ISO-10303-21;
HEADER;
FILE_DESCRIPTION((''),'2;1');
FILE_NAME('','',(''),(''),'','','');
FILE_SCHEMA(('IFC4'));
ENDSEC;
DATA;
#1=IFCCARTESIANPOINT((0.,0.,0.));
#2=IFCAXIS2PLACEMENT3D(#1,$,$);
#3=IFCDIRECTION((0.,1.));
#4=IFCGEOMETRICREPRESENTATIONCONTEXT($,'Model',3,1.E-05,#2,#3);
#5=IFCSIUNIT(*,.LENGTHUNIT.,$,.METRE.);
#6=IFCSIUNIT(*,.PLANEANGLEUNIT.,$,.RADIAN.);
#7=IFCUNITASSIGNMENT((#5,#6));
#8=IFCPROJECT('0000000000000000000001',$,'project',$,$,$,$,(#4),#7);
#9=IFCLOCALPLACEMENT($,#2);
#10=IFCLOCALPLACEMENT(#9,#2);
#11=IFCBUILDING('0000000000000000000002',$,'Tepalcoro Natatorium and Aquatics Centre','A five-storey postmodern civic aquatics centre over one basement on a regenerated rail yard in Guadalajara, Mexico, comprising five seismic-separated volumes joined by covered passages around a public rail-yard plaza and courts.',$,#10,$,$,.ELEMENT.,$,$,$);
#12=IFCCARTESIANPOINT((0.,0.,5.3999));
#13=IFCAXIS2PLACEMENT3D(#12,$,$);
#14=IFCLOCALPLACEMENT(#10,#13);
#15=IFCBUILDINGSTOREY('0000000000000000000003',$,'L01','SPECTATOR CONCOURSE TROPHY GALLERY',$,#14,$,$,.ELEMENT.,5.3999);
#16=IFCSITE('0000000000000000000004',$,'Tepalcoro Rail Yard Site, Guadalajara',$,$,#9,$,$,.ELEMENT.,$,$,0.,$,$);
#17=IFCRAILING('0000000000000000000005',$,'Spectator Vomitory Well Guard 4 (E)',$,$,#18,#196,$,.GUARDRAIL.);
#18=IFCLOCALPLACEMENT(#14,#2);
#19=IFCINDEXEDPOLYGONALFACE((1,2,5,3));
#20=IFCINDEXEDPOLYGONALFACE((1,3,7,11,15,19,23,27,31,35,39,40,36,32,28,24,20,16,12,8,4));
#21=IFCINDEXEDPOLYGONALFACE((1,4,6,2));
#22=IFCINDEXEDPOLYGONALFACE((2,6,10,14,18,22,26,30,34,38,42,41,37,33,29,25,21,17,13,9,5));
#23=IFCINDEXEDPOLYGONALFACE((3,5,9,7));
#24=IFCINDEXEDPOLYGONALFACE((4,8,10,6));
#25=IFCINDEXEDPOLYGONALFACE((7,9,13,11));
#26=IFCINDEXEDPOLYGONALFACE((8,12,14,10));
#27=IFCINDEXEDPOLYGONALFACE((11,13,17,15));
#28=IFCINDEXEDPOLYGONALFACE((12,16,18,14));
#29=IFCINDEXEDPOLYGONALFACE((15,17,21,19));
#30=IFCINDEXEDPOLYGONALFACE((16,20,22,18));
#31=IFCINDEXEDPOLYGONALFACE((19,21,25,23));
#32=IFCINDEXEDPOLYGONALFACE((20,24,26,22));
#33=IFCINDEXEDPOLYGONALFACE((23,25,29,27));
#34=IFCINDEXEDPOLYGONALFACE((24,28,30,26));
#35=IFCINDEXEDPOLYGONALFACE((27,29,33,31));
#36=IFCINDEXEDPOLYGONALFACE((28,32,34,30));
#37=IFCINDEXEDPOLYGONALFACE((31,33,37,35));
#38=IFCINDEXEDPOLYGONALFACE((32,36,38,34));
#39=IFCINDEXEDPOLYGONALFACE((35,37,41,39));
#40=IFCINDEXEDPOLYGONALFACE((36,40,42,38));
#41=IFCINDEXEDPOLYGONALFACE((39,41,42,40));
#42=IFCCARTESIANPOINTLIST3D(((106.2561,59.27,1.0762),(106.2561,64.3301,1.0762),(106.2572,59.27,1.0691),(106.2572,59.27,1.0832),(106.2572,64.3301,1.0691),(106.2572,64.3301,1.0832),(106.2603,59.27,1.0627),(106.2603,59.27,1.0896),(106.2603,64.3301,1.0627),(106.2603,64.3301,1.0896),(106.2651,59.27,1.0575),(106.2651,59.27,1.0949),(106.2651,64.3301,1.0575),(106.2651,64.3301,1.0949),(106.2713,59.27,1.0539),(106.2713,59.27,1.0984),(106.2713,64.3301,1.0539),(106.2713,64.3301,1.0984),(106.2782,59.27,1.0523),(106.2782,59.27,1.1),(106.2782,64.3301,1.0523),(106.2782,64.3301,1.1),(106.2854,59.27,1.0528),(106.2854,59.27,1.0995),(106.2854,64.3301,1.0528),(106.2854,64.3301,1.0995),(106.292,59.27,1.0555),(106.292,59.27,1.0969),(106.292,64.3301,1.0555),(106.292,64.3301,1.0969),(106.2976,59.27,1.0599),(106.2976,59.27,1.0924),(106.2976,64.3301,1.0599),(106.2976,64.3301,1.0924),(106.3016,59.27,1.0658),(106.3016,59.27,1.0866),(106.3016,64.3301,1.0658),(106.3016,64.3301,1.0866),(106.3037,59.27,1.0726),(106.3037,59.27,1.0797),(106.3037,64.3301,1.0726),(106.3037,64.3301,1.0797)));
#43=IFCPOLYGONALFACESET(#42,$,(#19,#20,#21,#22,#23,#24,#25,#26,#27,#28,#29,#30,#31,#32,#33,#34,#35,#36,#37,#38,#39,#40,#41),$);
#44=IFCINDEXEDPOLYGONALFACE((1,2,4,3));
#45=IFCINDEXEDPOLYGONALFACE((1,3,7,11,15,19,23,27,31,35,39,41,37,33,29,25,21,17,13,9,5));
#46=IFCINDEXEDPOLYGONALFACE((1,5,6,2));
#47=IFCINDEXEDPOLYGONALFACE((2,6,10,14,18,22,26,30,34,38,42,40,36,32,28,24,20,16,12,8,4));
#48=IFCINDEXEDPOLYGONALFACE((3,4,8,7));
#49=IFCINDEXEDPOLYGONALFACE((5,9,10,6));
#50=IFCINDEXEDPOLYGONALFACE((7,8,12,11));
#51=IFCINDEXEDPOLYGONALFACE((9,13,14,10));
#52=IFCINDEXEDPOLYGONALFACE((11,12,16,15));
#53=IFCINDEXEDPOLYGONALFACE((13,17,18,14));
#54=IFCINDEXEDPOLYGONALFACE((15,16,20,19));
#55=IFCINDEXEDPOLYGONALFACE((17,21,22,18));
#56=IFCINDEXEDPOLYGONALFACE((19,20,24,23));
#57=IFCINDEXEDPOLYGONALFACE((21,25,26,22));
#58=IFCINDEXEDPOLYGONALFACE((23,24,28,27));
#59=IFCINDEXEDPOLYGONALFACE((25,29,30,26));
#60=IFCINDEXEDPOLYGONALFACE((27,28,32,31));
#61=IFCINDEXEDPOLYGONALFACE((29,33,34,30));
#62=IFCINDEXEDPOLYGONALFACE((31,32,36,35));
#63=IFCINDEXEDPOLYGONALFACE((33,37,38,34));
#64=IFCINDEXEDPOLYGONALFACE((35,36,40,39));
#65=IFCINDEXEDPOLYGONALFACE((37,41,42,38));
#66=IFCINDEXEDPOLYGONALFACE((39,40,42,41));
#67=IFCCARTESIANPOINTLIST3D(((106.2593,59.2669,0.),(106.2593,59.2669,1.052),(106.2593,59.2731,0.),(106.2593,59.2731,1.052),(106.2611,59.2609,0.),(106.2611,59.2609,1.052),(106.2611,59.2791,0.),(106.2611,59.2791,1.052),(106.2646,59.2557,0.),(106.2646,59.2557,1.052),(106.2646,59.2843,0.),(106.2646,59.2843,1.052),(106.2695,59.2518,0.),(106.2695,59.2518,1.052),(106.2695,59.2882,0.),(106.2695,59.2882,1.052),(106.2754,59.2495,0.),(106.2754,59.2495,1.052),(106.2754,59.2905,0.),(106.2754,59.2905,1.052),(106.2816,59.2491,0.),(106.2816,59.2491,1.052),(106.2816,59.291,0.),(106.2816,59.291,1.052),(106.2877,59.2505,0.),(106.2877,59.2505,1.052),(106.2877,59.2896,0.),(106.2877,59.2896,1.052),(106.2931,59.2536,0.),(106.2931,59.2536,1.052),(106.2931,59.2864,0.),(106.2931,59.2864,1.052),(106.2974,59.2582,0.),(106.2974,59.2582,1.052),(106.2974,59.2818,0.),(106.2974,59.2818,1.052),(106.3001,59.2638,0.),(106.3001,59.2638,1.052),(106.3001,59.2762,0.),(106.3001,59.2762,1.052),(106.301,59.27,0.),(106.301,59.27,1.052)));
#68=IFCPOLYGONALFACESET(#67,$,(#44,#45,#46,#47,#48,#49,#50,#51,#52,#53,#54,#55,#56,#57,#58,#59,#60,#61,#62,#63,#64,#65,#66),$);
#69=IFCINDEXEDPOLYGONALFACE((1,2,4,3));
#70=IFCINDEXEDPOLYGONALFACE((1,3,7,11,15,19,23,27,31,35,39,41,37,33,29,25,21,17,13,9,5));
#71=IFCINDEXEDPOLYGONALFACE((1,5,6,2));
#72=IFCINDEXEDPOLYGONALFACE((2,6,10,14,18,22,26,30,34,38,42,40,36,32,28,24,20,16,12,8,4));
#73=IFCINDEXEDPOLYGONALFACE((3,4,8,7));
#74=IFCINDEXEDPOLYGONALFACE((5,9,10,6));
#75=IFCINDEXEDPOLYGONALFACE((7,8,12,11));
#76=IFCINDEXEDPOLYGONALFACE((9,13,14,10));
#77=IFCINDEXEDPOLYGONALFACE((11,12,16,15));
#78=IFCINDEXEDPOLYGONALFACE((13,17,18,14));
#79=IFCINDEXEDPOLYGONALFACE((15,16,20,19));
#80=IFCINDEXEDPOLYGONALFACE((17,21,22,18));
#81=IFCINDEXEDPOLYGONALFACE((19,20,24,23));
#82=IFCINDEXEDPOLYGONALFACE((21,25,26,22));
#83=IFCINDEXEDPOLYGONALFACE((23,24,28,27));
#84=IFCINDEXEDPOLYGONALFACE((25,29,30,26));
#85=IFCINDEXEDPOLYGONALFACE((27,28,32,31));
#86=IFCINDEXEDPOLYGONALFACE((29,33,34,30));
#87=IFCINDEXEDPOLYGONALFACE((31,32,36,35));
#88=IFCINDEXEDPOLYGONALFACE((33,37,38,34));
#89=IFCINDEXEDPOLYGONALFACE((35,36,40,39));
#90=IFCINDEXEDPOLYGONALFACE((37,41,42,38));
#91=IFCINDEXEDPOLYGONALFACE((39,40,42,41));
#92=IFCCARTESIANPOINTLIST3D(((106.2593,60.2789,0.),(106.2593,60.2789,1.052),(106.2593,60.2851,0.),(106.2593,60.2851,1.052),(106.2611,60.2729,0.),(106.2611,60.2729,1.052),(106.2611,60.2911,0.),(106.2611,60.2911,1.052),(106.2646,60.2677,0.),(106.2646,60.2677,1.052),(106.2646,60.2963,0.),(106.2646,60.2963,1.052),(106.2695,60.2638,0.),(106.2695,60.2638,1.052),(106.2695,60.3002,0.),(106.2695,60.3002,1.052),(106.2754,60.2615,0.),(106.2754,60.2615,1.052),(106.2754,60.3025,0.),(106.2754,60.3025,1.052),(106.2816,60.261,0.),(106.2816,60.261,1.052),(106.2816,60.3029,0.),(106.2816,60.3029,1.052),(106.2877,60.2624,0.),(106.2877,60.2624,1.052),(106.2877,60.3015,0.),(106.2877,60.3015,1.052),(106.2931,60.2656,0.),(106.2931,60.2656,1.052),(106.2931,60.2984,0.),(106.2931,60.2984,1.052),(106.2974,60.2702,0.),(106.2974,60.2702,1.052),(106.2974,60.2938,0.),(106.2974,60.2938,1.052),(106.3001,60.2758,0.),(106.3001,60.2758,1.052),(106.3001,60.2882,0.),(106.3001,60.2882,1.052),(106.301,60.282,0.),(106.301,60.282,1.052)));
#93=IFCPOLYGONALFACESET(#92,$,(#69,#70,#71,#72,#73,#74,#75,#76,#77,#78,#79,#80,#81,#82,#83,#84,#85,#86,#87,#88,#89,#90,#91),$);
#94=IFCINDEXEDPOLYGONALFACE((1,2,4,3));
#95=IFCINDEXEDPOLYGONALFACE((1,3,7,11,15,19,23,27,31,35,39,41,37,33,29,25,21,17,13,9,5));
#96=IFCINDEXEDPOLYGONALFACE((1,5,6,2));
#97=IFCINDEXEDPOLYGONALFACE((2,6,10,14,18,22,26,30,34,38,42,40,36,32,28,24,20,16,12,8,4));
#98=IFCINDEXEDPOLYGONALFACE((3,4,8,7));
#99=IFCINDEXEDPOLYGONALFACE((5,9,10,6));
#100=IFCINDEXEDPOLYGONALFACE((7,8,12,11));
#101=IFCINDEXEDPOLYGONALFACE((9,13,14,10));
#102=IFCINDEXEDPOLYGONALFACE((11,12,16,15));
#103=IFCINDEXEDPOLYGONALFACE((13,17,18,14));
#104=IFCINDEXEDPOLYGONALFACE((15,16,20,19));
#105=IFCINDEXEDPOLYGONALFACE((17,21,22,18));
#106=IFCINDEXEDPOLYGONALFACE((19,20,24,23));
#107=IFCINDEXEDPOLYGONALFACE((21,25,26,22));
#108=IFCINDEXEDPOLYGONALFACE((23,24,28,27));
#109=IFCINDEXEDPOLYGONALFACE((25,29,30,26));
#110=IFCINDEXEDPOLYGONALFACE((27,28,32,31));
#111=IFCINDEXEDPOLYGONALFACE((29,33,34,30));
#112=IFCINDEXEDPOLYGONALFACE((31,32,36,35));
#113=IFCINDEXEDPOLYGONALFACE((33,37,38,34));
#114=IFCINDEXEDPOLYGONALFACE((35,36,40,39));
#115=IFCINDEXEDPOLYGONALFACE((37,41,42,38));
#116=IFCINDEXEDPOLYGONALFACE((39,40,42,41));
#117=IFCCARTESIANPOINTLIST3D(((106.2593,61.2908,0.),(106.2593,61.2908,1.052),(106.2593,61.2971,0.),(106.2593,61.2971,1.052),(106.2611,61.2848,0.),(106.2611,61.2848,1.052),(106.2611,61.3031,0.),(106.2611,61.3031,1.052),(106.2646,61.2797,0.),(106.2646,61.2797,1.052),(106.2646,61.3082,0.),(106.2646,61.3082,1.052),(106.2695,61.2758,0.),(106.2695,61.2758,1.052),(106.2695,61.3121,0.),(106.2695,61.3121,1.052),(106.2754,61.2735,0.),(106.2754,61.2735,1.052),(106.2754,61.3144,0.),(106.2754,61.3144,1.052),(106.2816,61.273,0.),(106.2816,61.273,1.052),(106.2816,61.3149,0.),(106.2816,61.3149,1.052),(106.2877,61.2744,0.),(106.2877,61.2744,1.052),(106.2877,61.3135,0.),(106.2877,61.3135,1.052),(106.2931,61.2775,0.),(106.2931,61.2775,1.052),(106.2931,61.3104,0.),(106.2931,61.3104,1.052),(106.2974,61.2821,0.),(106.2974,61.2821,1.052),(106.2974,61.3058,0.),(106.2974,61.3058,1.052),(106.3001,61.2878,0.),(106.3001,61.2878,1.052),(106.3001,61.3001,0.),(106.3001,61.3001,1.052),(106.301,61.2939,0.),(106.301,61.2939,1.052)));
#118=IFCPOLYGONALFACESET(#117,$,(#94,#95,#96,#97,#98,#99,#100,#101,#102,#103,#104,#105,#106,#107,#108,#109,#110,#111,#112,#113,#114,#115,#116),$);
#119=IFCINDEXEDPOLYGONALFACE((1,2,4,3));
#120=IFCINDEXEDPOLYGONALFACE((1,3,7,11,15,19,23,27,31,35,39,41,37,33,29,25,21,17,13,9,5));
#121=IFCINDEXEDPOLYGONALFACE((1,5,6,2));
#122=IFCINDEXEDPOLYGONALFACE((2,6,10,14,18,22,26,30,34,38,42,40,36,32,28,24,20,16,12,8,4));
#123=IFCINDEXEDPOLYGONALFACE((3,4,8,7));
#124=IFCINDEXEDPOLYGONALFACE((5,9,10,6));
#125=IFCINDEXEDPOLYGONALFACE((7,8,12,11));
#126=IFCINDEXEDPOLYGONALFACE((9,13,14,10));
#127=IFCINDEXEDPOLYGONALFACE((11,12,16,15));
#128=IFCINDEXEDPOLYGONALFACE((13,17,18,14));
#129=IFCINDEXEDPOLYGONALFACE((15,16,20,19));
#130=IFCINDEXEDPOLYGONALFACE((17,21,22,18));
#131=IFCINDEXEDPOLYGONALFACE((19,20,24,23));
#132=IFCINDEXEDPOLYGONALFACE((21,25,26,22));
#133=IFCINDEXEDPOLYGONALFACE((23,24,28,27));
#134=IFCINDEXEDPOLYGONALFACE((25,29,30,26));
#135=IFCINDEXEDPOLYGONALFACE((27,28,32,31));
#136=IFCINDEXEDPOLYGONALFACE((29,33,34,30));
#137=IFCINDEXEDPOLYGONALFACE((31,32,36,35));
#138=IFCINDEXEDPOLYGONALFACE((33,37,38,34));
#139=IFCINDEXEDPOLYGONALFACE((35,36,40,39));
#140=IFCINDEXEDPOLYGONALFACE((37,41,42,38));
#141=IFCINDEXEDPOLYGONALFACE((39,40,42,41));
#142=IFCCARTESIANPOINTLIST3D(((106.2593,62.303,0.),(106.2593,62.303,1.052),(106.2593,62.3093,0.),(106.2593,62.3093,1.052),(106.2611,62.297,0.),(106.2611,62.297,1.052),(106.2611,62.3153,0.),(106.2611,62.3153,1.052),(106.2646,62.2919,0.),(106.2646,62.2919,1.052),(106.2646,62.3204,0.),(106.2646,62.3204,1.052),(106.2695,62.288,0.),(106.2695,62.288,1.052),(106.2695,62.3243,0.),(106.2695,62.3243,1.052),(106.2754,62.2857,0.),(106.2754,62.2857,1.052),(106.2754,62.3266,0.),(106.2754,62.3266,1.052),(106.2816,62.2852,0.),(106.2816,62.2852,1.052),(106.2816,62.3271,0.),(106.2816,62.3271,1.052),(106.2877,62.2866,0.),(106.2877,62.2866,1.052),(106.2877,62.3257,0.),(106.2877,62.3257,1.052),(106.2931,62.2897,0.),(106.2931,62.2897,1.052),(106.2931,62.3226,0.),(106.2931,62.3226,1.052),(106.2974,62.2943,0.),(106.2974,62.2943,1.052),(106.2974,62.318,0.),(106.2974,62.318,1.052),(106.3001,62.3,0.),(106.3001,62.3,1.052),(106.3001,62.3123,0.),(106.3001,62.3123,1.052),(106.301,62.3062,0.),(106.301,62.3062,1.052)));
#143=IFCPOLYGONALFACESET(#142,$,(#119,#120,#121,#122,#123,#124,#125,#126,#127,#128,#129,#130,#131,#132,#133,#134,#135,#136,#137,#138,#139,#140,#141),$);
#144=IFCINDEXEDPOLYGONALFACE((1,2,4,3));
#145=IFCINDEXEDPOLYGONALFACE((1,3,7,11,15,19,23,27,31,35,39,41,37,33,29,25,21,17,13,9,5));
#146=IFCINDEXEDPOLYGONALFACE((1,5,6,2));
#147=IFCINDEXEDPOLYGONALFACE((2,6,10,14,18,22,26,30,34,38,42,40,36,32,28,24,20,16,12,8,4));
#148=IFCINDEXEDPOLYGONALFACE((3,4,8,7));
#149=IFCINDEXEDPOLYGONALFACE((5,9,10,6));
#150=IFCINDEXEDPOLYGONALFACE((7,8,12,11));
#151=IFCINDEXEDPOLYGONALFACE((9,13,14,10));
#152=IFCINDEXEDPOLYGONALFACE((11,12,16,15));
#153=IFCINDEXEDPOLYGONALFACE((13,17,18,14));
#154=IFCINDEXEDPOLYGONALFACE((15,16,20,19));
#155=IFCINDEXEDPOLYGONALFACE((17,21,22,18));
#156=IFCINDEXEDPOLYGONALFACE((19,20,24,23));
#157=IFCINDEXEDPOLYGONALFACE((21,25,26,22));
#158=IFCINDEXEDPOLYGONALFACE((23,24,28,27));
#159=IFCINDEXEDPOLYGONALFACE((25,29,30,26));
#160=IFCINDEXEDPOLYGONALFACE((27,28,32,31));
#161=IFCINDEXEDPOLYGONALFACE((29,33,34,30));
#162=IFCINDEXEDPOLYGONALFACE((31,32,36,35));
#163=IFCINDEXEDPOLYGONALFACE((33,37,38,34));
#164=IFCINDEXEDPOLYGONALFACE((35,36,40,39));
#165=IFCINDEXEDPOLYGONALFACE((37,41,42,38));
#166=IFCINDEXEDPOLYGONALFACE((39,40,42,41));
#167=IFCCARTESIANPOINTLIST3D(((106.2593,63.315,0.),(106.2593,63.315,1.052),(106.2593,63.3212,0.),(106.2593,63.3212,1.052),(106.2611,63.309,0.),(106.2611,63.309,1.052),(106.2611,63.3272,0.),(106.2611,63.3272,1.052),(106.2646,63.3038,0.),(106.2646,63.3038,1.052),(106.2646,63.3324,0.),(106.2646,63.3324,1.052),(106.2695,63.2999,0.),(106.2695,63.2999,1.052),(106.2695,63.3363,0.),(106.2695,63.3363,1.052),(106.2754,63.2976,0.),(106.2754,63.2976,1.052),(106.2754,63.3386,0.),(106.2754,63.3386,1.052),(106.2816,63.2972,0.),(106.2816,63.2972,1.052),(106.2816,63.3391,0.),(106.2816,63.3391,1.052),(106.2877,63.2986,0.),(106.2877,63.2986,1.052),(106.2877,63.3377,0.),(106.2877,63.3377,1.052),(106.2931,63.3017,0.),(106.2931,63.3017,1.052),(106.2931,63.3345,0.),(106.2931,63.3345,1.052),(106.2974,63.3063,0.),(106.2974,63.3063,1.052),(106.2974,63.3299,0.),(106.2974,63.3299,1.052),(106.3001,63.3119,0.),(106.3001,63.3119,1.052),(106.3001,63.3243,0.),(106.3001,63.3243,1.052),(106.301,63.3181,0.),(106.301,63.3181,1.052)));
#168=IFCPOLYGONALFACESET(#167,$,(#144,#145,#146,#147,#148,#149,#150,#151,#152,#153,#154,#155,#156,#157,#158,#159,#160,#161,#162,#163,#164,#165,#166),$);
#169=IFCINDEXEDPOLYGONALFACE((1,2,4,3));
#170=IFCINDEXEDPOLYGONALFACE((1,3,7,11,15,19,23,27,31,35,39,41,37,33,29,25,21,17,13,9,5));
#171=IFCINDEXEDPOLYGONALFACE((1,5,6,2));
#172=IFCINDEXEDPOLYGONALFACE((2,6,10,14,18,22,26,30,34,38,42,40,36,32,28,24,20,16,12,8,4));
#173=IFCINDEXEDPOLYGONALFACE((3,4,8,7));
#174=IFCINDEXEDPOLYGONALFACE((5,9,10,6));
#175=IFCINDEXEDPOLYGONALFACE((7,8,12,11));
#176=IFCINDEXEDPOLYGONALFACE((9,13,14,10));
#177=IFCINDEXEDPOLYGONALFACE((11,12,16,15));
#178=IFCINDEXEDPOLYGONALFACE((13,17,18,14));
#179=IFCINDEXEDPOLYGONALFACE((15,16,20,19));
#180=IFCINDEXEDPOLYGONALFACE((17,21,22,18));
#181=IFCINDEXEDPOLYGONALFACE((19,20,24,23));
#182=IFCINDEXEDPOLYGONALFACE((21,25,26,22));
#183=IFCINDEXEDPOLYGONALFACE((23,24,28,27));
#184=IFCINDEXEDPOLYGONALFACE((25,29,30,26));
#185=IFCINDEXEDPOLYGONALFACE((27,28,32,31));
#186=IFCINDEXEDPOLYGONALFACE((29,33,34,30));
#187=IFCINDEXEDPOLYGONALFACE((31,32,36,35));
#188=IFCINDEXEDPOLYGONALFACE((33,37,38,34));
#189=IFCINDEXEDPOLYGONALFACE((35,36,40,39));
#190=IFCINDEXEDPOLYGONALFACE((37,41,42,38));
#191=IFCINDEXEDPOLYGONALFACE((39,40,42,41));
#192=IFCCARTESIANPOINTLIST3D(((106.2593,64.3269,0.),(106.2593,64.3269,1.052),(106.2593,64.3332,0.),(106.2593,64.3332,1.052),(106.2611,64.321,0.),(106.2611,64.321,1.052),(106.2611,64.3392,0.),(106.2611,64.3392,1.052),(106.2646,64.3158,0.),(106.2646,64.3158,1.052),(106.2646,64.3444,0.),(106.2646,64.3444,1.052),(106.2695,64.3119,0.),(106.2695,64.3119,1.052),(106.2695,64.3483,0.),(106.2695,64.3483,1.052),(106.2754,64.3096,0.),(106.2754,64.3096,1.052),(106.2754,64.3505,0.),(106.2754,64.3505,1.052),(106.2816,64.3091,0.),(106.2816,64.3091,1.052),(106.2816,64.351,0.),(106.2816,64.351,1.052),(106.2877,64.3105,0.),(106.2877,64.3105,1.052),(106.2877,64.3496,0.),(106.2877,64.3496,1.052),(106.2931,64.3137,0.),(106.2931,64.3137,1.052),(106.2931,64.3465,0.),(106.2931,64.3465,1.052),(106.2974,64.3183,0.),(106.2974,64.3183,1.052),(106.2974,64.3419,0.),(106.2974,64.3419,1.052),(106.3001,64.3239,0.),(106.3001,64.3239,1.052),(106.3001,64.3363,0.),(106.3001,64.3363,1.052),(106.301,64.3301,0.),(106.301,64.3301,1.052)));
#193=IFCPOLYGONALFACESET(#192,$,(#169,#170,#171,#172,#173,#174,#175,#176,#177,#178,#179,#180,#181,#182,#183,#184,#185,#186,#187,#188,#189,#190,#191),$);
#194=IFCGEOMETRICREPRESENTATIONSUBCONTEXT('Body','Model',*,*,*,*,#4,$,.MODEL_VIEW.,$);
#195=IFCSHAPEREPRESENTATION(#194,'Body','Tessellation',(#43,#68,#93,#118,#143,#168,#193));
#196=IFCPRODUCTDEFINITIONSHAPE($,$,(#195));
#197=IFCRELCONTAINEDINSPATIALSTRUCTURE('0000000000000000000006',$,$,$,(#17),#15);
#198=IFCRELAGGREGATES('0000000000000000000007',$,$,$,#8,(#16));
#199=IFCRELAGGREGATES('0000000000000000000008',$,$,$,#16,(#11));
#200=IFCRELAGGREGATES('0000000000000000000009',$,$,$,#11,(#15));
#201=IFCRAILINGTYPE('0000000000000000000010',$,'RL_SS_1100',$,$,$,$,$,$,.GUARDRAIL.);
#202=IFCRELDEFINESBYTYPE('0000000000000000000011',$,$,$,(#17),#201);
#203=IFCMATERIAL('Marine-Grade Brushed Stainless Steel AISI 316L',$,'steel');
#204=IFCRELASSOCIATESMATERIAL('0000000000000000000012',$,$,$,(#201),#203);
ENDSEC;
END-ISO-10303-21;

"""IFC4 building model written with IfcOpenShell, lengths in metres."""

from ifc_helpers import new_model, si_unit, direction, frame, origin, origin_2d, place, context, subcontext, project, spatial, circle, extrude, material, type_object, element, save


model = new_model("IFC4")

# Units and contexts
model_context = context("Model", 3, precision=1e-05, world=origin(), true_north=direction((0.0, 1.0)))
body_context = subcontext(model_context, "Body", "Model", "MODEL_VIEW")
ifc_project = project(units=[si_unit("LENGTHUNIT", "METRE"), si_unit("PLANEANGLEUNIT", "RADIAN")], contexts=[model_context])

# Site, building, storey
site_placement = place(None, origin())
site = spatial("IfcSite", under=ifc_project, at=site_placement, Name="Tepalcoro Rail Yard Site, Guadalajara", CompositionType="ELEMENT", RefElevation=0.0)
building_placement = place(site_placement, origin())
building = spatial("IfcBuilding", under=site, at=building_placement, Name="Tepalcoro Natatorium and Aquatics Centre", Description="A five-storey postmodern civic aquatics centre over one basement on a regenerated rail yard in Guadalajara, Mexico, comprising five seismic-separated volumes joined by covered passages around a public rail-yard plaza and courts.", CompositionType="ELEMENT")
storey_placement = place(building_placement, frame((0.0, 0.0, 5.3999)))
storey = spatial("IfcBuildingStorey", under=building, at=storey_placement, Name="L01", Description="SPECTATOR CONCOURSE TROPHY GALLERY", CompositionType="ELEMENT", Elevation=5.3999)

# Railing
ifc_material_1 = material(Name="Marine-Grade Brushed Stainless Steel AISI 316L", Category="steel")
railing_type_1 = type_object("IfcRailingType", Name="RL_SS_1100", PredefinedType="GUARDRAIL", material=ifc_material_1)
railing_1_placement = place(storey_placement, frame((106.28, 59.27, 0.0)))
element("IfcRailing", 1, at=railing_1_placement, inside=storey, type_object=railing_type_1, Name="Spectator Vomitory Well Guard 4 (E)", PredefinedType="GUARDRAIL", context=body_context, shape_type="SweptSolid", body=[
    extrude(circle(Radius=0.0239, at=origin_2d()), frame((0.0, 0.0, 1.0762), z_axis=(0.0, 1.0, 0.0), x_axis=(-1.0, 0.0, 0.0)), (0.0, 0.0, 1.0), 5.0601),
    extrude(circle(Radius=0.021, at=origin_2d()), origin(), (0.0, 0.0, 1.0), 1.052),
    extrude(circle(Radius=0.021, at=origin_2d()), frame((0.0, 1.012, 0.0)), (0.0, 0.0, 1.0), 1.052),
    extrude(circle(Radius=0.021, at=origin_2d()), frame((0.0, 2.0239, 0.0)), (0.0, 0.0, 1.0), 1.052),
    extrude(circle(Radius=0.021, at=origin_2d()), frame((0.0, 3.0361, 0.0)), (0.0, 0.0, 1.0), 1.052),
    extrude(circle(Radius=0.021, at=origin_2d()), frame((0.0, 4.0481, 0.0)), (0.0, 0.0, 1.0), 1.052),
    extrude(circle(Radius=0.021, at=origin_2d()), frame((0.0, 5.0601, 0.0)), (0.0, 0.0, 1.0), 1.052),
])

save(model, "model.ifc")
